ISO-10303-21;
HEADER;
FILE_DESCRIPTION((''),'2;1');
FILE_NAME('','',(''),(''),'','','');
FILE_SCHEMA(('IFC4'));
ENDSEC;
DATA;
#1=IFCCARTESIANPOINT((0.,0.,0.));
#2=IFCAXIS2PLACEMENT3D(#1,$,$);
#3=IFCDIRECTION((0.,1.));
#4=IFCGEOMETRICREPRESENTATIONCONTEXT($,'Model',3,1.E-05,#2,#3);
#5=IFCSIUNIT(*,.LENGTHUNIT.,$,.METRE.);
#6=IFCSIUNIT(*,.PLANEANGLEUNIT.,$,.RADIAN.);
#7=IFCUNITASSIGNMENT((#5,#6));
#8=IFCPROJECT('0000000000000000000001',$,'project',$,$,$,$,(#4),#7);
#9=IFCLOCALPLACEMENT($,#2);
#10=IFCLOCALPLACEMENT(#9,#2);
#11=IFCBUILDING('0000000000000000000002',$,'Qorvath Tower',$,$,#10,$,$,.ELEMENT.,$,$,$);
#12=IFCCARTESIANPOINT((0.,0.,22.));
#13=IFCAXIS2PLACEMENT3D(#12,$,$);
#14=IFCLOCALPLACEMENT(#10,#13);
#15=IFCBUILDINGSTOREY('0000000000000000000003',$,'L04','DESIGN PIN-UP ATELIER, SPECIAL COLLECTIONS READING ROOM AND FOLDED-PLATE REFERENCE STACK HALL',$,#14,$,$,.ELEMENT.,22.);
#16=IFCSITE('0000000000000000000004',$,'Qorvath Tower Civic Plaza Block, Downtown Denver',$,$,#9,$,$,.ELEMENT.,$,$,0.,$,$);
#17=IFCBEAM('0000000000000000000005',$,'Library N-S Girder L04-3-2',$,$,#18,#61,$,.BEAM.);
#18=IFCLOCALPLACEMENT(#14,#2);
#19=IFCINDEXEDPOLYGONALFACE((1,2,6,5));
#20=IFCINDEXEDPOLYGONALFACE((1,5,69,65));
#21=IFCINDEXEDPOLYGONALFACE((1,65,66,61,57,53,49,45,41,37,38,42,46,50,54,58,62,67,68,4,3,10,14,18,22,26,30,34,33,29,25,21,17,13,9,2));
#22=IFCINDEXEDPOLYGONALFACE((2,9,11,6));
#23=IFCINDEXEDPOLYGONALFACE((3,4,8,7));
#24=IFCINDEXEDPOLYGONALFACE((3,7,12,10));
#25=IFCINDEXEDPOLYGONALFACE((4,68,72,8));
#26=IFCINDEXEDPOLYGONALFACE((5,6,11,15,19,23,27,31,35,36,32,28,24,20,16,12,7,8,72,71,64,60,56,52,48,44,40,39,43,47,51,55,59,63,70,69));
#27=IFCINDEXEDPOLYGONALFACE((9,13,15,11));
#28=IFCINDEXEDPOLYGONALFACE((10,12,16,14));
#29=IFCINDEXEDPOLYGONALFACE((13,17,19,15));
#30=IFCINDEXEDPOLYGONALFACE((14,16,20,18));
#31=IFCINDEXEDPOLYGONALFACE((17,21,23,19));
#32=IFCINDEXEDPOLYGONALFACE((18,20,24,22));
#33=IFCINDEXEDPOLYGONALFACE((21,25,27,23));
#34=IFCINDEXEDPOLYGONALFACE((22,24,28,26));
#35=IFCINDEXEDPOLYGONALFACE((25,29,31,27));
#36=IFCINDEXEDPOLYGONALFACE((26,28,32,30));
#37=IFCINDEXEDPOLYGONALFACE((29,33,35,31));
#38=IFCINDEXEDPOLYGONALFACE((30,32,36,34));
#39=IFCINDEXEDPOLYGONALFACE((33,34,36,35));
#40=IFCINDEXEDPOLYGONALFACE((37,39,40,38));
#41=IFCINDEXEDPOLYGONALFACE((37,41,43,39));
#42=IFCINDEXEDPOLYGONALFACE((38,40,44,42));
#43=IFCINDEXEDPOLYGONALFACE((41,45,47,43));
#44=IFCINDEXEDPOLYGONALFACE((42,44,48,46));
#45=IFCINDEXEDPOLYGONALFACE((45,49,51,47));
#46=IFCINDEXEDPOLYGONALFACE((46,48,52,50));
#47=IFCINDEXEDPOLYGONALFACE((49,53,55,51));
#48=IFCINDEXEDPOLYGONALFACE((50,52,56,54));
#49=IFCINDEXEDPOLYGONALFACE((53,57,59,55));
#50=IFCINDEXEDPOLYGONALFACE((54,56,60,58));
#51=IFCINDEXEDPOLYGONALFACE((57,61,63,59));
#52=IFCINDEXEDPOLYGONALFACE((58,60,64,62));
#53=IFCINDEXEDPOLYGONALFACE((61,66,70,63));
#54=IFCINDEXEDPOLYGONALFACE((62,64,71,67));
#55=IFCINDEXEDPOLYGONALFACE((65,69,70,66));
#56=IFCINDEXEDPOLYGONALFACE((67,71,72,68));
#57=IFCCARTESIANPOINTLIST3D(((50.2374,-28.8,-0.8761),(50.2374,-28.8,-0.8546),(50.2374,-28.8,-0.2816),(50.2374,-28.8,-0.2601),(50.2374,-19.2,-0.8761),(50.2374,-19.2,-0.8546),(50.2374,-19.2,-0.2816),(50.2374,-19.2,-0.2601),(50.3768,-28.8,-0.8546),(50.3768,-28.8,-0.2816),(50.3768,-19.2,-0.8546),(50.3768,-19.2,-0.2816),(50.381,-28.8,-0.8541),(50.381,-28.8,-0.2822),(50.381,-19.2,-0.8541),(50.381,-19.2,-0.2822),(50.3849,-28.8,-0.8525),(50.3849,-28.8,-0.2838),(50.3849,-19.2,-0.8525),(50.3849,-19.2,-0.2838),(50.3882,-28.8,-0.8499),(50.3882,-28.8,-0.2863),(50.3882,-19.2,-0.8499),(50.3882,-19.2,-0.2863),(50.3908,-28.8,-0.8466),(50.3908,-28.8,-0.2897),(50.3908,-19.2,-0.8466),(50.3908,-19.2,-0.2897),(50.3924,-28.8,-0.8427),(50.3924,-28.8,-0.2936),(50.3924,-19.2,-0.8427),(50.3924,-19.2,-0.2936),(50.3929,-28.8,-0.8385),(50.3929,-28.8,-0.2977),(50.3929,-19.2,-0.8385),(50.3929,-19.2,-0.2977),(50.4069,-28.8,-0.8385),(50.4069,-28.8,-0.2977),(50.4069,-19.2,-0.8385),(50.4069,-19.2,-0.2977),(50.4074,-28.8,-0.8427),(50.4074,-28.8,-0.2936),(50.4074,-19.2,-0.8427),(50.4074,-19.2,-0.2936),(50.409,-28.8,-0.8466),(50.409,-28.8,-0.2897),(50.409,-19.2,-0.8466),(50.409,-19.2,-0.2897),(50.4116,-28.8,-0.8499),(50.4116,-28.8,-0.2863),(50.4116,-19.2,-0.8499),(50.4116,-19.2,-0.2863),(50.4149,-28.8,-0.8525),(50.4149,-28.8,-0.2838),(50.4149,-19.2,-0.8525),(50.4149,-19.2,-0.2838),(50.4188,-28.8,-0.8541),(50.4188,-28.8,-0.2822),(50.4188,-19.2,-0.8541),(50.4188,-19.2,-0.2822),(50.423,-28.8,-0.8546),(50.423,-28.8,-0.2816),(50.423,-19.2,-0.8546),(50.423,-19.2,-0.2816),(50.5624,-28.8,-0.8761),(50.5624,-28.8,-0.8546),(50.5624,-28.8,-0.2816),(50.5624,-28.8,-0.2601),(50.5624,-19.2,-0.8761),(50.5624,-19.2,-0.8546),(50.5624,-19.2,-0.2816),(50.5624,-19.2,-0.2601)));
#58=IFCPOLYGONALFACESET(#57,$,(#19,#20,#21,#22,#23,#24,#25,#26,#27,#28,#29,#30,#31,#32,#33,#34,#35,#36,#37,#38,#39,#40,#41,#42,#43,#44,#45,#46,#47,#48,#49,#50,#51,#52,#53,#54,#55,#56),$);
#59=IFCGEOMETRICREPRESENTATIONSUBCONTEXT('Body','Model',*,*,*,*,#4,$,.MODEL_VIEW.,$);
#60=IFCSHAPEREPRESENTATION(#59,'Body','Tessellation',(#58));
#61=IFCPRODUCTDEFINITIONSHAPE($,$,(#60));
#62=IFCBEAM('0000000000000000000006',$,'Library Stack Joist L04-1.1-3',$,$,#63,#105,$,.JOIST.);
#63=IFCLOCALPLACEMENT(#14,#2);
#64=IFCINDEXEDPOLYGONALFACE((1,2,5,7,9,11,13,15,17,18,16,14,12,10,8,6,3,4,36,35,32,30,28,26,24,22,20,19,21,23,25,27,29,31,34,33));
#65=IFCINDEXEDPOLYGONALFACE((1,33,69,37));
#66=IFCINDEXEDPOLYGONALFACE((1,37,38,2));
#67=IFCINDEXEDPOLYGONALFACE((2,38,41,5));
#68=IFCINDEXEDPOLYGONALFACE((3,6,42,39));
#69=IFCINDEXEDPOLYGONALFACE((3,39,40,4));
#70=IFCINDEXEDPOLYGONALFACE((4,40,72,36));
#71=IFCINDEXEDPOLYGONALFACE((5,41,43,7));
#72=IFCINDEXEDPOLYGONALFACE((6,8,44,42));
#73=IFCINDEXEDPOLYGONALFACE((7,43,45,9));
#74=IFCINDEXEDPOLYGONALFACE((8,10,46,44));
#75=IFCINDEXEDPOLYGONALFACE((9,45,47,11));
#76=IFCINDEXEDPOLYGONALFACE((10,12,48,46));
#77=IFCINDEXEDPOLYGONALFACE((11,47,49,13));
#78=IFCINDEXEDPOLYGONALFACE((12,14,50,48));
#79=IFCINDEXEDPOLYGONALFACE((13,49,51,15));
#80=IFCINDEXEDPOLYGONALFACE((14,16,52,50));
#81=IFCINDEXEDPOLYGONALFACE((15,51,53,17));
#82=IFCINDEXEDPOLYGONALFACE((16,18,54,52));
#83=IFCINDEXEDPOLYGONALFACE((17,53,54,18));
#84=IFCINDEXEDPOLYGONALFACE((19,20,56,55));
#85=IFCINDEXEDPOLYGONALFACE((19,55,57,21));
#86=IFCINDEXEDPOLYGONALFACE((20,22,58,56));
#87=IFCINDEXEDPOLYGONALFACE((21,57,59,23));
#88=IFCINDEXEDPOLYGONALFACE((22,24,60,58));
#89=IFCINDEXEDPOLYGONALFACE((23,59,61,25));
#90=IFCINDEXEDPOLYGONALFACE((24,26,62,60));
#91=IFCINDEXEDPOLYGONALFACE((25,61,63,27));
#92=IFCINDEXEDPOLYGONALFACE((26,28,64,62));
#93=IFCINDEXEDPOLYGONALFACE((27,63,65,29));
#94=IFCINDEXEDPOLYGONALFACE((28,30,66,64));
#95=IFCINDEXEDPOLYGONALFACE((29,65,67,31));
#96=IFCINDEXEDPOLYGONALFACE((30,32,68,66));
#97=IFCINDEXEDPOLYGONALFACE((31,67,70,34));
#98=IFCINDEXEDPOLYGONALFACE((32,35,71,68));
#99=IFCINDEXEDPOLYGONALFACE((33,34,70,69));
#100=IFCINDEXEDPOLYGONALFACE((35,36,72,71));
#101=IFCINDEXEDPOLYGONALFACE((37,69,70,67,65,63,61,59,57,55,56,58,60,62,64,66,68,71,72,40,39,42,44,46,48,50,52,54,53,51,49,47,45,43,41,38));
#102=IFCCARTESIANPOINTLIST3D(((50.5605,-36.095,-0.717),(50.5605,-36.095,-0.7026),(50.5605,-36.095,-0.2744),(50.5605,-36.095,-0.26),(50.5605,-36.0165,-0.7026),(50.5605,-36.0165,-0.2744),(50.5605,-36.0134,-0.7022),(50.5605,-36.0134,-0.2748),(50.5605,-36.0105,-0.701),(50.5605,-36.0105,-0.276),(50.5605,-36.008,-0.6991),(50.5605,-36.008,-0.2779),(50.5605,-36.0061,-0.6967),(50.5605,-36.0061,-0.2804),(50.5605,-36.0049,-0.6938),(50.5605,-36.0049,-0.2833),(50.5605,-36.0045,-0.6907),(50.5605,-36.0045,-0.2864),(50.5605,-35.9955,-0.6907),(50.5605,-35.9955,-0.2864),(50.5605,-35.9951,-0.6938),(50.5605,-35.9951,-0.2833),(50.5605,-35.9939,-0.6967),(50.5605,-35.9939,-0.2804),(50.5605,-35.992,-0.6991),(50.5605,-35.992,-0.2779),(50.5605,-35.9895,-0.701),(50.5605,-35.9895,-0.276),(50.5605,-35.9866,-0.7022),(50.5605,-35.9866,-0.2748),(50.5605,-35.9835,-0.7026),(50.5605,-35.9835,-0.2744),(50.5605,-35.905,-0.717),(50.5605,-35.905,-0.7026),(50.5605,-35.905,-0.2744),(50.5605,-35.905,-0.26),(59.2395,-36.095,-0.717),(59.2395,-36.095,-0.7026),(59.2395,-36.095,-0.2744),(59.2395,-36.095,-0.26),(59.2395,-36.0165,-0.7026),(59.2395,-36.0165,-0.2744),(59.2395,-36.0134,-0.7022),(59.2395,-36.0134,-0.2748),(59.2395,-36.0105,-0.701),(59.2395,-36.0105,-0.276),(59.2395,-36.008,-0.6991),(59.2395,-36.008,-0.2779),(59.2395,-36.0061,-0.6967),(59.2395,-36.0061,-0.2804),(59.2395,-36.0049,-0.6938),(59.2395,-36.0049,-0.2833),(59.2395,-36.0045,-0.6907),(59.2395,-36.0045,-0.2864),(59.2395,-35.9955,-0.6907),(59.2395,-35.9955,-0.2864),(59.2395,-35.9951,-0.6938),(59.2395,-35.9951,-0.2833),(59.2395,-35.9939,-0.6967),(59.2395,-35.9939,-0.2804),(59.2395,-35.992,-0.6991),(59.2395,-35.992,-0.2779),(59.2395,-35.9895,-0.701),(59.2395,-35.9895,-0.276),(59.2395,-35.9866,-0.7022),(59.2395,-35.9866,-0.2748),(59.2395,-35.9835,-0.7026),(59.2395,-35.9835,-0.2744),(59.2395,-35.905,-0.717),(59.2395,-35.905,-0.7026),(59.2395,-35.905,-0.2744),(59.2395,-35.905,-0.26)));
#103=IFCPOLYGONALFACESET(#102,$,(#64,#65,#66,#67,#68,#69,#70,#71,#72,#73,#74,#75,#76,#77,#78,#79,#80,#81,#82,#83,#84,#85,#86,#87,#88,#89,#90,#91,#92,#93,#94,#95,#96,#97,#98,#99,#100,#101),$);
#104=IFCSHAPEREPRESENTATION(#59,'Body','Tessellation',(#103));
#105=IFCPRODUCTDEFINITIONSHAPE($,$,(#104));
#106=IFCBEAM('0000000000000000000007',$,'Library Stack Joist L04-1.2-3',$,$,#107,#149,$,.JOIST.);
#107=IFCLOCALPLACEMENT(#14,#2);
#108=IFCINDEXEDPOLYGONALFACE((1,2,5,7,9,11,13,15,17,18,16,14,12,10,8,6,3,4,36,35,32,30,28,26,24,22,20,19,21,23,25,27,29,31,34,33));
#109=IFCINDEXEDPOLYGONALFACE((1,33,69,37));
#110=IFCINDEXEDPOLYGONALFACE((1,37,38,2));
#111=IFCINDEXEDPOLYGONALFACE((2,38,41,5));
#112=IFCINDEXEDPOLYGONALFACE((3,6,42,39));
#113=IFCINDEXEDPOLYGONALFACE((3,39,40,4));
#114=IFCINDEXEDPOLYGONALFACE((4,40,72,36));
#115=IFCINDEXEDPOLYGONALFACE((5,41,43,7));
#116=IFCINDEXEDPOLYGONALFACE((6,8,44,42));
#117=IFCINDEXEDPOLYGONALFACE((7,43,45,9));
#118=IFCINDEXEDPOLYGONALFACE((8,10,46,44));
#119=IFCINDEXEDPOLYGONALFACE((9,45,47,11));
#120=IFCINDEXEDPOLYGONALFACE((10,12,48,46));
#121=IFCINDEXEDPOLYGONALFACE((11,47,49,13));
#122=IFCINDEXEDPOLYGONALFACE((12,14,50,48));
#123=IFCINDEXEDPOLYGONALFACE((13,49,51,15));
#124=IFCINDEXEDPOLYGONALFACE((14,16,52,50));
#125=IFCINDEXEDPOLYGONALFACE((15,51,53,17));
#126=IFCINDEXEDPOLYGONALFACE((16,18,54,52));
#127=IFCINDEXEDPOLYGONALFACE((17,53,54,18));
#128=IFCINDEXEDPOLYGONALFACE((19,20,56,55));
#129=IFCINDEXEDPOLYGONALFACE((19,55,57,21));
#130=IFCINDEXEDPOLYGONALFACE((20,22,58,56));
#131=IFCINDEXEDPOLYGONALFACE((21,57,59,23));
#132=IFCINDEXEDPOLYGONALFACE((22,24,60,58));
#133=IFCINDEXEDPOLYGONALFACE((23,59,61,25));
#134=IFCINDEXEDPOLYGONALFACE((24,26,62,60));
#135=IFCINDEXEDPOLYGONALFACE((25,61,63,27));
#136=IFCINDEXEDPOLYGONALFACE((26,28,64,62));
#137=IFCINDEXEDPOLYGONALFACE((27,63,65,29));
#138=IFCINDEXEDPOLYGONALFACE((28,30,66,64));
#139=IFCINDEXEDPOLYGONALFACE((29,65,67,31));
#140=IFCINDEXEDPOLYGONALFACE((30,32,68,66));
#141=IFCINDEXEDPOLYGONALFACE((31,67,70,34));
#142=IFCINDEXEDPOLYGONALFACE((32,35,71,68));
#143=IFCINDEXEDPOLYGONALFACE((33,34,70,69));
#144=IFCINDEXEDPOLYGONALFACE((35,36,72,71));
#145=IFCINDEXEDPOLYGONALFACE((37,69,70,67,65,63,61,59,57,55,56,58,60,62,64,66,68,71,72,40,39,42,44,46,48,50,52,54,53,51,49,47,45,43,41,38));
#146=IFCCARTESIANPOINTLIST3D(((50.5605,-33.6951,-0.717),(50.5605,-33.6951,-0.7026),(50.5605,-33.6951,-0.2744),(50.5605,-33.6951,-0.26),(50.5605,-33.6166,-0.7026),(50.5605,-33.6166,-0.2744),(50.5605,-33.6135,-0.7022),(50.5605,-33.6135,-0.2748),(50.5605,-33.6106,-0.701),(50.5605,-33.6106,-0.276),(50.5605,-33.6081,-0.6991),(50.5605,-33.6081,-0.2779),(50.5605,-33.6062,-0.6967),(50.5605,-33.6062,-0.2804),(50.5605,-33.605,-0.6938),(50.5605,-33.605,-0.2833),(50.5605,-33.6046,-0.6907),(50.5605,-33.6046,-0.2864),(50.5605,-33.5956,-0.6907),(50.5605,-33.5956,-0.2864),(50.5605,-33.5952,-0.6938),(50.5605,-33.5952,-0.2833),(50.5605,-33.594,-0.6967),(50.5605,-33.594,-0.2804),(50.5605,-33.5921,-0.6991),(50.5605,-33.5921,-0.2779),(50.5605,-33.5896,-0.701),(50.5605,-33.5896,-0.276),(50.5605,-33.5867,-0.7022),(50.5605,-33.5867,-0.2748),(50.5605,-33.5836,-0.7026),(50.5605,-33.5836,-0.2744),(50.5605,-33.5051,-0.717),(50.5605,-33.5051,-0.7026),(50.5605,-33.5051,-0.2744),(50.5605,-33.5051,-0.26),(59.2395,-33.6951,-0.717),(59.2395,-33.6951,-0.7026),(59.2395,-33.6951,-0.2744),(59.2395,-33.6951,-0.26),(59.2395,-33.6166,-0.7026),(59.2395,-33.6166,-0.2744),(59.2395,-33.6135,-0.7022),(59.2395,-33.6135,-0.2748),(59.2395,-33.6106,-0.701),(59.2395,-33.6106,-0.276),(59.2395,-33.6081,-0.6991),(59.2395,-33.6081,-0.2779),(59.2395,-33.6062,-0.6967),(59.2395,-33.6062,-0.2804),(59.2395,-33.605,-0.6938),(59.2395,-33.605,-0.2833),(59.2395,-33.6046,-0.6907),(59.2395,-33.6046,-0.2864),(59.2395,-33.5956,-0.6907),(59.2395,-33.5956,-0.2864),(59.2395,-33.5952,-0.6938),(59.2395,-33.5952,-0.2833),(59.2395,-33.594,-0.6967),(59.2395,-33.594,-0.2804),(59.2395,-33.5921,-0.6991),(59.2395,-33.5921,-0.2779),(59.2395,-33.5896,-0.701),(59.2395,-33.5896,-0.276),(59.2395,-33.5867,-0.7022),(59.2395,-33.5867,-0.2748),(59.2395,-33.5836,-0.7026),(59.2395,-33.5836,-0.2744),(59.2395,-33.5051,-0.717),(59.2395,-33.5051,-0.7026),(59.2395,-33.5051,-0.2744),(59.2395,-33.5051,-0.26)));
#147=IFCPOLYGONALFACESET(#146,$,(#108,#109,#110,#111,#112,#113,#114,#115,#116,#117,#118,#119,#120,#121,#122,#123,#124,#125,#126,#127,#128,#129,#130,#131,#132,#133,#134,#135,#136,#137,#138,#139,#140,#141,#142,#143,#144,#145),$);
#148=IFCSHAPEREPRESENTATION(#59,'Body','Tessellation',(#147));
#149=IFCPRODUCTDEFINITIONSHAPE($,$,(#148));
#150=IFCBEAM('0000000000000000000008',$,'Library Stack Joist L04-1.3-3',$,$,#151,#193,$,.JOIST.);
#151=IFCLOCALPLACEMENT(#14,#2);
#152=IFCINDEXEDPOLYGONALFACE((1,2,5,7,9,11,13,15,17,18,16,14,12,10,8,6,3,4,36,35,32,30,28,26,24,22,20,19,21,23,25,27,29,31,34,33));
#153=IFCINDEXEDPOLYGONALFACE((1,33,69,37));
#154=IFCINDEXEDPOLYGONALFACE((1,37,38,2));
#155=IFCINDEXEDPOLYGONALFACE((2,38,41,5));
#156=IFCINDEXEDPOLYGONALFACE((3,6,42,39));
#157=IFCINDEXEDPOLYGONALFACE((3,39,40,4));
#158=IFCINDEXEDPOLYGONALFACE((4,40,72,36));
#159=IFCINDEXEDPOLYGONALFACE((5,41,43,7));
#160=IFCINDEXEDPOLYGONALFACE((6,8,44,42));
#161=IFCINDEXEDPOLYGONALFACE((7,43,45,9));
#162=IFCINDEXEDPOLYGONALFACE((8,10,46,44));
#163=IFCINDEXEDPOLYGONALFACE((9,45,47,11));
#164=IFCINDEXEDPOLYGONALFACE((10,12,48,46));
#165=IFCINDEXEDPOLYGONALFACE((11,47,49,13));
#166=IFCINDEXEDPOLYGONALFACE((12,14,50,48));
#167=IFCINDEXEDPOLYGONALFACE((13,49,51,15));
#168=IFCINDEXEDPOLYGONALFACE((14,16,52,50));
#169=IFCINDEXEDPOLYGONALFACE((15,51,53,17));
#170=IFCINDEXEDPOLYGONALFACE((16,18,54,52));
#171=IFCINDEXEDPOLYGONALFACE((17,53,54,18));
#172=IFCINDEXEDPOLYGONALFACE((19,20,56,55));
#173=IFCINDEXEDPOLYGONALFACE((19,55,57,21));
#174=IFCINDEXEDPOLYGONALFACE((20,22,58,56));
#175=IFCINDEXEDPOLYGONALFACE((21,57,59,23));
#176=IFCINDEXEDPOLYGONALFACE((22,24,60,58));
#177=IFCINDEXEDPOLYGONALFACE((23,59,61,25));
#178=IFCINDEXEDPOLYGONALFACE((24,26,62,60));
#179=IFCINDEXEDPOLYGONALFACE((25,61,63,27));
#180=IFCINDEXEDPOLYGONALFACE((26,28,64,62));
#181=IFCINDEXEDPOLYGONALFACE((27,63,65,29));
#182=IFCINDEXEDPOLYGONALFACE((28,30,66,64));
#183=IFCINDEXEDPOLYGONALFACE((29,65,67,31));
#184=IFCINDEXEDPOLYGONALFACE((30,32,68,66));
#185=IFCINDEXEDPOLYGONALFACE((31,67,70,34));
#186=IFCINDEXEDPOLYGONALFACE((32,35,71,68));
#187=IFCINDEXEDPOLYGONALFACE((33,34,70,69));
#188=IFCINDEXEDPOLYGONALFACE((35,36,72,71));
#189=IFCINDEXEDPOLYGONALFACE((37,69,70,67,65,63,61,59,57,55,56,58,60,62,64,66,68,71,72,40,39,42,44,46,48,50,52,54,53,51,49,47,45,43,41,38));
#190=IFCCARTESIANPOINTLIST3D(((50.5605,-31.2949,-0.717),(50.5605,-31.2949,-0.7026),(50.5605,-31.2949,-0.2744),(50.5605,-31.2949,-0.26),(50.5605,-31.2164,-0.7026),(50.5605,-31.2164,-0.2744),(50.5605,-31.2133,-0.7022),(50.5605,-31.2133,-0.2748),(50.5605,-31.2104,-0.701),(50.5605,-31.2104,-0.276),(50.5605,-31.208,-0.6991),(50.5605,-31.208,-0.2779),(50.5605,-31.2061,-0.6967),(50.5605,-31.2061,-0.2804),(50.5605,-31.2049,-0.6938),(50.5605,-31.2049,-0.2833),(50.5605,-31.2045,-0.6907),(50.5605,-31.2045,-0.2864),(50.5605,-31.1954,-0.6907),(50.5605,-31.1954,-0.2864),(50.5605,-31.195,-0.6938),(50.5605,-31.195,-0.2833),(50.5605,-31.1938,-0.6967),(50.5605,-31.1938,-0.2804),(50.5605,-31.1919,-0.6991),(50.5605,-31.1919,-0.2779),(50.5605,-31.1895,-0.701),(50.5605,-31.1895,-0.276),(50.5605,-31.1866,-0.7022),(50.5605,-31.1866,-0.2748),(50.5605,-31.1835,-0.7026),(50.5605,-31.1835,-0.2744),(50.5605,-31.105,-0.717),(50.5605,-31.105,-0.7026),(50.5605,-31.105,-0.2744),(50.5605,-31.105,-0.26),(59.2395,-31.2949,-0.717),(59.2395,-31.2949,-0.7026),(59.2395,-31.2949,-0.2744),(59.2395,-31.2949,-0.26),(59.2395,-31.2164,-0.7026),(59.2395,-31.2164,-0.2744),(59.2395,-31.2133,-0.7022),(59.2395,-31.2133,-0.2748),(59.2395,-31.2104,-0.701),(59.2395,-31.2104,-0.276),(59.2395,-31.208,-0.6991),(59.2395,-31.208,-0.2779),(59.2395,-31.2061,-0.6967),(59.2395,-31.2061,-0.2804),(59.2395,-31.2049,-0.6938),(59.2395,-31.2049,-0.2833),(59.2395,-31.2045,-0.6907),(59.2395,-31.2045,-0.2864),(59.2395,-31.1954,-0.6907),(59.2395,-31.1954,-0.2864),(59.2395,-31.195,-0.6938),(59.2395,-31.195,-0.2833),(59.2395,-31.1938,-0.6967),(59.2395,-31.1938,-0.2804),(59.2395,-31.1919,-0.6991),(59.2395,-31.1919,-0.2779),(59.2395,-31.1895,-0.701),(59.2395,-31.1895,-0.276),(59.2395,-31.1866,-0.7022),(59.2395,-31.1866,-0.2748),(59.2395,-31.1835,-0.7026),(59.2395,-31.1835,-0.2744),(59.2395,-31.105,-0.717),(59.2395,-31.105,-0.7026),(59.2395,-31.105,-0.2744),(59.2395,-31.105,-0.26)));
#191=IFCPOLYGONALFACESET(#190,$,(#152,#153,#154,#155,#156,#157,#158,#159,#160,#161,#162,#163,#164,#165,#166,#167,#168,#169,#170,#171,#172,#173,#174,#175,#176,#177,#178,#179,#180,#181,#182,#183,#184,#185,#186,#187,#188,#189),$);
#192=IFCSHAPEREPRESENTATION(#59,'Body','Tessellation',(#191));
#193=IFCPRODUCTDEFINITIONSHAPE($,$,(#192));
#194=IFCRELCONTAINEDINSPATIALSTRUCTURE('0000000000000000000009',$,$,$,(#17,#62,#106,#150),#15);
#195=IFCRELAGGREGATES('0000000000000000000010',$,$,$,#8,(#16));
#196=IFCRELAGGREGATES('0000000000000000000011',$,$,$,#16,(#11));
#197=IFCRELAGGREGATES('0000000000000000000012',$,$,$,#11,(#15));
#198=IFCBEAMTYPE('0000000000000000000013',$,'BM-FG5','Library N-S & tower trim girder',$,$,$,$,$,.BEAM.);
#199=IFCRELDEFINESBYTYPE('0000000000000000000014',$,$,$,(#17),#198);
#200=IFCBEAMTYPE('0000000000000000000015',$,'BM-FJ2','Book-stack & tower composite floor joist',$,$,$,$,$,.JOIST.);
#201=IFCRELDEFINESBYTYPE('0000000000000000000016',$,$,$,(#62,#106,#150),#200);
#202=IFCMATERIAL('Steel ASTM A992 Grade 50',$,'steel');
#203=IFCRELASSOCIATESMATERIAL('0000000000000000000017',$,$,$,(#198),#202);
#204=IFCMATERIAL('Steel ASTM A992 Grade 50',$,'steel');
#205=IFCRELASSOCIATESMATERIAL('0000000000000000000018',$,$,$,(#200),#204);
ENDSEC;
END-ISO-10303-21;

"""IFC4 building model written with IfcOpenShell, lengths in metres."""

from ifc_helpers import new_model, si_unit, direction, frame, origin, origin_2d, place, context, subcontext, project, spatial, i_section, extrude, material, material_profile, profile_set, type_object, element, save


model = new_model("IFC4")

# Units and contexts
model_context = context("Model", 3, precision=1e-05, world=origin(), true_north=direction((0.0, 1.0)))
body_context = subcontext(model_context, "Body", "Model", "MODEL_VIEW")
ifc_project = project(units=[si_unit("LENGTHUNIT", "METRE"), si_unit("PLANEANGLEUNIT", "RADIAN")], contexts=[model_context])

# Site, building, storey
site_placement = place(None, origin())
site = spatial("IfcSite", under=ifc_project, at=site_placement, Name="Qorvath Tower Civic Plaza Block, Downtown Denver", CompositionType="ELEMENT", RefElevation=0.0)
building_placement = place(site_placement, origin())
building = spatial("IfcBuilding", under=site, at=building_placement, Name="Qorvath Tower", CompositionType="ELEMENT")
storey_placement = place(building_placement, frame((0.0, 0.0, 22.0)))
storey = spatial("IfcBuildingStorey", under=building, at=storey_placement, Name="L04", Description="DESIGN PIN-UP ATELIER, SPECIAL COLLECTIONS READING ROOM AND FOLDED-PLATE REFERENCE STACK HALL", CompositionType="ELEMENT", Elevation=22.0)

# Beams
ifc_material_1 = material(Name="Steel ASTM A992 Grade 50", Category="steel")
ifc_material_profile_1 = material_profile(ifc_material_1, i_section(OverallWidth=0.325, OverallDepth=0.616, WebThickness=0.0139, FlangeThickness=0.0215, FilletRadius=0.0161, at=origin_2d()), Name="W24x117")
ifc_profile_set_1 = profile_set([ifc_material_profile_1], Name="Steel ASTM A992 Grade 50")
beam_type_1 = type_object("IfcBeamType", Name="BM-FG5", Description="Library N-S & tower trim girder", PredefinedType="BEAM", material=ifc_profile_set_1)
beam_1_placement = place(storey_placement, frame((50.3999, -28.8, -0.5681), z_axis=(0.0, 1.0, 0.0), x_axis=(-1.0, 0.0, 0.0)))
element("IfcBeam", 1, at=beam_1_placement, inside=storey, type_object=beam_type_1, Name="Library N-S Girder L04-3-2", PredefinedType="BEAM", context=body_context, shape_type="SweptSolid", body=[
    extrude(i_section(OverallWidth=0.325, OverallDepth=0.616, WebThickness=0.0139, FlangeThickness=0.0215, FilletRadius=0.0161, at=origin_2d()), origin(), (0.0, 0.0, 1.0), 9.6001),
])
ifc_material_2 = material(Name="Steel ASTM A992 Grade 50", Category="steel")
ifc_material_profile_2 = material_profile(ifc_material_2, i_section(OverallWidth=0.1899, OverallDepth=0.457, WebThickness=0.009, FlangeThickness=0.0144, FilletRadius=0.012, at=origin_2d()), Name="W18x50")
ifc_profile_set_2 = profile_set([ifc_material_profile_2], Name="Steel ASTM A992 Grade 50")
beam_type_2 = type_object("IfcBeamType", Name="BM-FJ2", Description="Book-stack & tower composite floor joist", PredefinedType="JOIST", material=ifc_profile_set_2)
for number, where, z_axis, x_axis, name in (
    (2, (50.5605, -36.0, -0.4885), (1.0, 0.0, 0.0), (0.0, 1.0, 0.0), "Library Stack Joist L04-1.1-3"),
    (3, (50.5605, -33.6001, -0.4885), (1.0, 0.0, 0.0), (0.0, 1.0, 0.0), "Library Stack Joist L04-1.2-3"),
    (4, (50.5605, -31.2, -0.4885), (1.0, 0.0, 0.0), (0.0, 1.0, 0.0), "Library Stack Joist L04-1.3-3"),
):
    element("IfcBeam", number, at=place(storey_placement, frame(where, z_axis=z_axis, x_axis=x_axis)), inside=storey, type_object=beam_type_2, Name=name, PredefinedType="JOIST", context=body_context, shape_type="SweptSolid", body=[
        extrude(i_section(OverallWidth=0.1899, OverallDepth=0.457, WebThickness=0.009, FlangeThickness=0.0144, FilletRadius=0.012, at=origin_2d()), origin(), (0.0, 0.0, 1.0), 8.679),
    ])

save(model, "model.ifc")
